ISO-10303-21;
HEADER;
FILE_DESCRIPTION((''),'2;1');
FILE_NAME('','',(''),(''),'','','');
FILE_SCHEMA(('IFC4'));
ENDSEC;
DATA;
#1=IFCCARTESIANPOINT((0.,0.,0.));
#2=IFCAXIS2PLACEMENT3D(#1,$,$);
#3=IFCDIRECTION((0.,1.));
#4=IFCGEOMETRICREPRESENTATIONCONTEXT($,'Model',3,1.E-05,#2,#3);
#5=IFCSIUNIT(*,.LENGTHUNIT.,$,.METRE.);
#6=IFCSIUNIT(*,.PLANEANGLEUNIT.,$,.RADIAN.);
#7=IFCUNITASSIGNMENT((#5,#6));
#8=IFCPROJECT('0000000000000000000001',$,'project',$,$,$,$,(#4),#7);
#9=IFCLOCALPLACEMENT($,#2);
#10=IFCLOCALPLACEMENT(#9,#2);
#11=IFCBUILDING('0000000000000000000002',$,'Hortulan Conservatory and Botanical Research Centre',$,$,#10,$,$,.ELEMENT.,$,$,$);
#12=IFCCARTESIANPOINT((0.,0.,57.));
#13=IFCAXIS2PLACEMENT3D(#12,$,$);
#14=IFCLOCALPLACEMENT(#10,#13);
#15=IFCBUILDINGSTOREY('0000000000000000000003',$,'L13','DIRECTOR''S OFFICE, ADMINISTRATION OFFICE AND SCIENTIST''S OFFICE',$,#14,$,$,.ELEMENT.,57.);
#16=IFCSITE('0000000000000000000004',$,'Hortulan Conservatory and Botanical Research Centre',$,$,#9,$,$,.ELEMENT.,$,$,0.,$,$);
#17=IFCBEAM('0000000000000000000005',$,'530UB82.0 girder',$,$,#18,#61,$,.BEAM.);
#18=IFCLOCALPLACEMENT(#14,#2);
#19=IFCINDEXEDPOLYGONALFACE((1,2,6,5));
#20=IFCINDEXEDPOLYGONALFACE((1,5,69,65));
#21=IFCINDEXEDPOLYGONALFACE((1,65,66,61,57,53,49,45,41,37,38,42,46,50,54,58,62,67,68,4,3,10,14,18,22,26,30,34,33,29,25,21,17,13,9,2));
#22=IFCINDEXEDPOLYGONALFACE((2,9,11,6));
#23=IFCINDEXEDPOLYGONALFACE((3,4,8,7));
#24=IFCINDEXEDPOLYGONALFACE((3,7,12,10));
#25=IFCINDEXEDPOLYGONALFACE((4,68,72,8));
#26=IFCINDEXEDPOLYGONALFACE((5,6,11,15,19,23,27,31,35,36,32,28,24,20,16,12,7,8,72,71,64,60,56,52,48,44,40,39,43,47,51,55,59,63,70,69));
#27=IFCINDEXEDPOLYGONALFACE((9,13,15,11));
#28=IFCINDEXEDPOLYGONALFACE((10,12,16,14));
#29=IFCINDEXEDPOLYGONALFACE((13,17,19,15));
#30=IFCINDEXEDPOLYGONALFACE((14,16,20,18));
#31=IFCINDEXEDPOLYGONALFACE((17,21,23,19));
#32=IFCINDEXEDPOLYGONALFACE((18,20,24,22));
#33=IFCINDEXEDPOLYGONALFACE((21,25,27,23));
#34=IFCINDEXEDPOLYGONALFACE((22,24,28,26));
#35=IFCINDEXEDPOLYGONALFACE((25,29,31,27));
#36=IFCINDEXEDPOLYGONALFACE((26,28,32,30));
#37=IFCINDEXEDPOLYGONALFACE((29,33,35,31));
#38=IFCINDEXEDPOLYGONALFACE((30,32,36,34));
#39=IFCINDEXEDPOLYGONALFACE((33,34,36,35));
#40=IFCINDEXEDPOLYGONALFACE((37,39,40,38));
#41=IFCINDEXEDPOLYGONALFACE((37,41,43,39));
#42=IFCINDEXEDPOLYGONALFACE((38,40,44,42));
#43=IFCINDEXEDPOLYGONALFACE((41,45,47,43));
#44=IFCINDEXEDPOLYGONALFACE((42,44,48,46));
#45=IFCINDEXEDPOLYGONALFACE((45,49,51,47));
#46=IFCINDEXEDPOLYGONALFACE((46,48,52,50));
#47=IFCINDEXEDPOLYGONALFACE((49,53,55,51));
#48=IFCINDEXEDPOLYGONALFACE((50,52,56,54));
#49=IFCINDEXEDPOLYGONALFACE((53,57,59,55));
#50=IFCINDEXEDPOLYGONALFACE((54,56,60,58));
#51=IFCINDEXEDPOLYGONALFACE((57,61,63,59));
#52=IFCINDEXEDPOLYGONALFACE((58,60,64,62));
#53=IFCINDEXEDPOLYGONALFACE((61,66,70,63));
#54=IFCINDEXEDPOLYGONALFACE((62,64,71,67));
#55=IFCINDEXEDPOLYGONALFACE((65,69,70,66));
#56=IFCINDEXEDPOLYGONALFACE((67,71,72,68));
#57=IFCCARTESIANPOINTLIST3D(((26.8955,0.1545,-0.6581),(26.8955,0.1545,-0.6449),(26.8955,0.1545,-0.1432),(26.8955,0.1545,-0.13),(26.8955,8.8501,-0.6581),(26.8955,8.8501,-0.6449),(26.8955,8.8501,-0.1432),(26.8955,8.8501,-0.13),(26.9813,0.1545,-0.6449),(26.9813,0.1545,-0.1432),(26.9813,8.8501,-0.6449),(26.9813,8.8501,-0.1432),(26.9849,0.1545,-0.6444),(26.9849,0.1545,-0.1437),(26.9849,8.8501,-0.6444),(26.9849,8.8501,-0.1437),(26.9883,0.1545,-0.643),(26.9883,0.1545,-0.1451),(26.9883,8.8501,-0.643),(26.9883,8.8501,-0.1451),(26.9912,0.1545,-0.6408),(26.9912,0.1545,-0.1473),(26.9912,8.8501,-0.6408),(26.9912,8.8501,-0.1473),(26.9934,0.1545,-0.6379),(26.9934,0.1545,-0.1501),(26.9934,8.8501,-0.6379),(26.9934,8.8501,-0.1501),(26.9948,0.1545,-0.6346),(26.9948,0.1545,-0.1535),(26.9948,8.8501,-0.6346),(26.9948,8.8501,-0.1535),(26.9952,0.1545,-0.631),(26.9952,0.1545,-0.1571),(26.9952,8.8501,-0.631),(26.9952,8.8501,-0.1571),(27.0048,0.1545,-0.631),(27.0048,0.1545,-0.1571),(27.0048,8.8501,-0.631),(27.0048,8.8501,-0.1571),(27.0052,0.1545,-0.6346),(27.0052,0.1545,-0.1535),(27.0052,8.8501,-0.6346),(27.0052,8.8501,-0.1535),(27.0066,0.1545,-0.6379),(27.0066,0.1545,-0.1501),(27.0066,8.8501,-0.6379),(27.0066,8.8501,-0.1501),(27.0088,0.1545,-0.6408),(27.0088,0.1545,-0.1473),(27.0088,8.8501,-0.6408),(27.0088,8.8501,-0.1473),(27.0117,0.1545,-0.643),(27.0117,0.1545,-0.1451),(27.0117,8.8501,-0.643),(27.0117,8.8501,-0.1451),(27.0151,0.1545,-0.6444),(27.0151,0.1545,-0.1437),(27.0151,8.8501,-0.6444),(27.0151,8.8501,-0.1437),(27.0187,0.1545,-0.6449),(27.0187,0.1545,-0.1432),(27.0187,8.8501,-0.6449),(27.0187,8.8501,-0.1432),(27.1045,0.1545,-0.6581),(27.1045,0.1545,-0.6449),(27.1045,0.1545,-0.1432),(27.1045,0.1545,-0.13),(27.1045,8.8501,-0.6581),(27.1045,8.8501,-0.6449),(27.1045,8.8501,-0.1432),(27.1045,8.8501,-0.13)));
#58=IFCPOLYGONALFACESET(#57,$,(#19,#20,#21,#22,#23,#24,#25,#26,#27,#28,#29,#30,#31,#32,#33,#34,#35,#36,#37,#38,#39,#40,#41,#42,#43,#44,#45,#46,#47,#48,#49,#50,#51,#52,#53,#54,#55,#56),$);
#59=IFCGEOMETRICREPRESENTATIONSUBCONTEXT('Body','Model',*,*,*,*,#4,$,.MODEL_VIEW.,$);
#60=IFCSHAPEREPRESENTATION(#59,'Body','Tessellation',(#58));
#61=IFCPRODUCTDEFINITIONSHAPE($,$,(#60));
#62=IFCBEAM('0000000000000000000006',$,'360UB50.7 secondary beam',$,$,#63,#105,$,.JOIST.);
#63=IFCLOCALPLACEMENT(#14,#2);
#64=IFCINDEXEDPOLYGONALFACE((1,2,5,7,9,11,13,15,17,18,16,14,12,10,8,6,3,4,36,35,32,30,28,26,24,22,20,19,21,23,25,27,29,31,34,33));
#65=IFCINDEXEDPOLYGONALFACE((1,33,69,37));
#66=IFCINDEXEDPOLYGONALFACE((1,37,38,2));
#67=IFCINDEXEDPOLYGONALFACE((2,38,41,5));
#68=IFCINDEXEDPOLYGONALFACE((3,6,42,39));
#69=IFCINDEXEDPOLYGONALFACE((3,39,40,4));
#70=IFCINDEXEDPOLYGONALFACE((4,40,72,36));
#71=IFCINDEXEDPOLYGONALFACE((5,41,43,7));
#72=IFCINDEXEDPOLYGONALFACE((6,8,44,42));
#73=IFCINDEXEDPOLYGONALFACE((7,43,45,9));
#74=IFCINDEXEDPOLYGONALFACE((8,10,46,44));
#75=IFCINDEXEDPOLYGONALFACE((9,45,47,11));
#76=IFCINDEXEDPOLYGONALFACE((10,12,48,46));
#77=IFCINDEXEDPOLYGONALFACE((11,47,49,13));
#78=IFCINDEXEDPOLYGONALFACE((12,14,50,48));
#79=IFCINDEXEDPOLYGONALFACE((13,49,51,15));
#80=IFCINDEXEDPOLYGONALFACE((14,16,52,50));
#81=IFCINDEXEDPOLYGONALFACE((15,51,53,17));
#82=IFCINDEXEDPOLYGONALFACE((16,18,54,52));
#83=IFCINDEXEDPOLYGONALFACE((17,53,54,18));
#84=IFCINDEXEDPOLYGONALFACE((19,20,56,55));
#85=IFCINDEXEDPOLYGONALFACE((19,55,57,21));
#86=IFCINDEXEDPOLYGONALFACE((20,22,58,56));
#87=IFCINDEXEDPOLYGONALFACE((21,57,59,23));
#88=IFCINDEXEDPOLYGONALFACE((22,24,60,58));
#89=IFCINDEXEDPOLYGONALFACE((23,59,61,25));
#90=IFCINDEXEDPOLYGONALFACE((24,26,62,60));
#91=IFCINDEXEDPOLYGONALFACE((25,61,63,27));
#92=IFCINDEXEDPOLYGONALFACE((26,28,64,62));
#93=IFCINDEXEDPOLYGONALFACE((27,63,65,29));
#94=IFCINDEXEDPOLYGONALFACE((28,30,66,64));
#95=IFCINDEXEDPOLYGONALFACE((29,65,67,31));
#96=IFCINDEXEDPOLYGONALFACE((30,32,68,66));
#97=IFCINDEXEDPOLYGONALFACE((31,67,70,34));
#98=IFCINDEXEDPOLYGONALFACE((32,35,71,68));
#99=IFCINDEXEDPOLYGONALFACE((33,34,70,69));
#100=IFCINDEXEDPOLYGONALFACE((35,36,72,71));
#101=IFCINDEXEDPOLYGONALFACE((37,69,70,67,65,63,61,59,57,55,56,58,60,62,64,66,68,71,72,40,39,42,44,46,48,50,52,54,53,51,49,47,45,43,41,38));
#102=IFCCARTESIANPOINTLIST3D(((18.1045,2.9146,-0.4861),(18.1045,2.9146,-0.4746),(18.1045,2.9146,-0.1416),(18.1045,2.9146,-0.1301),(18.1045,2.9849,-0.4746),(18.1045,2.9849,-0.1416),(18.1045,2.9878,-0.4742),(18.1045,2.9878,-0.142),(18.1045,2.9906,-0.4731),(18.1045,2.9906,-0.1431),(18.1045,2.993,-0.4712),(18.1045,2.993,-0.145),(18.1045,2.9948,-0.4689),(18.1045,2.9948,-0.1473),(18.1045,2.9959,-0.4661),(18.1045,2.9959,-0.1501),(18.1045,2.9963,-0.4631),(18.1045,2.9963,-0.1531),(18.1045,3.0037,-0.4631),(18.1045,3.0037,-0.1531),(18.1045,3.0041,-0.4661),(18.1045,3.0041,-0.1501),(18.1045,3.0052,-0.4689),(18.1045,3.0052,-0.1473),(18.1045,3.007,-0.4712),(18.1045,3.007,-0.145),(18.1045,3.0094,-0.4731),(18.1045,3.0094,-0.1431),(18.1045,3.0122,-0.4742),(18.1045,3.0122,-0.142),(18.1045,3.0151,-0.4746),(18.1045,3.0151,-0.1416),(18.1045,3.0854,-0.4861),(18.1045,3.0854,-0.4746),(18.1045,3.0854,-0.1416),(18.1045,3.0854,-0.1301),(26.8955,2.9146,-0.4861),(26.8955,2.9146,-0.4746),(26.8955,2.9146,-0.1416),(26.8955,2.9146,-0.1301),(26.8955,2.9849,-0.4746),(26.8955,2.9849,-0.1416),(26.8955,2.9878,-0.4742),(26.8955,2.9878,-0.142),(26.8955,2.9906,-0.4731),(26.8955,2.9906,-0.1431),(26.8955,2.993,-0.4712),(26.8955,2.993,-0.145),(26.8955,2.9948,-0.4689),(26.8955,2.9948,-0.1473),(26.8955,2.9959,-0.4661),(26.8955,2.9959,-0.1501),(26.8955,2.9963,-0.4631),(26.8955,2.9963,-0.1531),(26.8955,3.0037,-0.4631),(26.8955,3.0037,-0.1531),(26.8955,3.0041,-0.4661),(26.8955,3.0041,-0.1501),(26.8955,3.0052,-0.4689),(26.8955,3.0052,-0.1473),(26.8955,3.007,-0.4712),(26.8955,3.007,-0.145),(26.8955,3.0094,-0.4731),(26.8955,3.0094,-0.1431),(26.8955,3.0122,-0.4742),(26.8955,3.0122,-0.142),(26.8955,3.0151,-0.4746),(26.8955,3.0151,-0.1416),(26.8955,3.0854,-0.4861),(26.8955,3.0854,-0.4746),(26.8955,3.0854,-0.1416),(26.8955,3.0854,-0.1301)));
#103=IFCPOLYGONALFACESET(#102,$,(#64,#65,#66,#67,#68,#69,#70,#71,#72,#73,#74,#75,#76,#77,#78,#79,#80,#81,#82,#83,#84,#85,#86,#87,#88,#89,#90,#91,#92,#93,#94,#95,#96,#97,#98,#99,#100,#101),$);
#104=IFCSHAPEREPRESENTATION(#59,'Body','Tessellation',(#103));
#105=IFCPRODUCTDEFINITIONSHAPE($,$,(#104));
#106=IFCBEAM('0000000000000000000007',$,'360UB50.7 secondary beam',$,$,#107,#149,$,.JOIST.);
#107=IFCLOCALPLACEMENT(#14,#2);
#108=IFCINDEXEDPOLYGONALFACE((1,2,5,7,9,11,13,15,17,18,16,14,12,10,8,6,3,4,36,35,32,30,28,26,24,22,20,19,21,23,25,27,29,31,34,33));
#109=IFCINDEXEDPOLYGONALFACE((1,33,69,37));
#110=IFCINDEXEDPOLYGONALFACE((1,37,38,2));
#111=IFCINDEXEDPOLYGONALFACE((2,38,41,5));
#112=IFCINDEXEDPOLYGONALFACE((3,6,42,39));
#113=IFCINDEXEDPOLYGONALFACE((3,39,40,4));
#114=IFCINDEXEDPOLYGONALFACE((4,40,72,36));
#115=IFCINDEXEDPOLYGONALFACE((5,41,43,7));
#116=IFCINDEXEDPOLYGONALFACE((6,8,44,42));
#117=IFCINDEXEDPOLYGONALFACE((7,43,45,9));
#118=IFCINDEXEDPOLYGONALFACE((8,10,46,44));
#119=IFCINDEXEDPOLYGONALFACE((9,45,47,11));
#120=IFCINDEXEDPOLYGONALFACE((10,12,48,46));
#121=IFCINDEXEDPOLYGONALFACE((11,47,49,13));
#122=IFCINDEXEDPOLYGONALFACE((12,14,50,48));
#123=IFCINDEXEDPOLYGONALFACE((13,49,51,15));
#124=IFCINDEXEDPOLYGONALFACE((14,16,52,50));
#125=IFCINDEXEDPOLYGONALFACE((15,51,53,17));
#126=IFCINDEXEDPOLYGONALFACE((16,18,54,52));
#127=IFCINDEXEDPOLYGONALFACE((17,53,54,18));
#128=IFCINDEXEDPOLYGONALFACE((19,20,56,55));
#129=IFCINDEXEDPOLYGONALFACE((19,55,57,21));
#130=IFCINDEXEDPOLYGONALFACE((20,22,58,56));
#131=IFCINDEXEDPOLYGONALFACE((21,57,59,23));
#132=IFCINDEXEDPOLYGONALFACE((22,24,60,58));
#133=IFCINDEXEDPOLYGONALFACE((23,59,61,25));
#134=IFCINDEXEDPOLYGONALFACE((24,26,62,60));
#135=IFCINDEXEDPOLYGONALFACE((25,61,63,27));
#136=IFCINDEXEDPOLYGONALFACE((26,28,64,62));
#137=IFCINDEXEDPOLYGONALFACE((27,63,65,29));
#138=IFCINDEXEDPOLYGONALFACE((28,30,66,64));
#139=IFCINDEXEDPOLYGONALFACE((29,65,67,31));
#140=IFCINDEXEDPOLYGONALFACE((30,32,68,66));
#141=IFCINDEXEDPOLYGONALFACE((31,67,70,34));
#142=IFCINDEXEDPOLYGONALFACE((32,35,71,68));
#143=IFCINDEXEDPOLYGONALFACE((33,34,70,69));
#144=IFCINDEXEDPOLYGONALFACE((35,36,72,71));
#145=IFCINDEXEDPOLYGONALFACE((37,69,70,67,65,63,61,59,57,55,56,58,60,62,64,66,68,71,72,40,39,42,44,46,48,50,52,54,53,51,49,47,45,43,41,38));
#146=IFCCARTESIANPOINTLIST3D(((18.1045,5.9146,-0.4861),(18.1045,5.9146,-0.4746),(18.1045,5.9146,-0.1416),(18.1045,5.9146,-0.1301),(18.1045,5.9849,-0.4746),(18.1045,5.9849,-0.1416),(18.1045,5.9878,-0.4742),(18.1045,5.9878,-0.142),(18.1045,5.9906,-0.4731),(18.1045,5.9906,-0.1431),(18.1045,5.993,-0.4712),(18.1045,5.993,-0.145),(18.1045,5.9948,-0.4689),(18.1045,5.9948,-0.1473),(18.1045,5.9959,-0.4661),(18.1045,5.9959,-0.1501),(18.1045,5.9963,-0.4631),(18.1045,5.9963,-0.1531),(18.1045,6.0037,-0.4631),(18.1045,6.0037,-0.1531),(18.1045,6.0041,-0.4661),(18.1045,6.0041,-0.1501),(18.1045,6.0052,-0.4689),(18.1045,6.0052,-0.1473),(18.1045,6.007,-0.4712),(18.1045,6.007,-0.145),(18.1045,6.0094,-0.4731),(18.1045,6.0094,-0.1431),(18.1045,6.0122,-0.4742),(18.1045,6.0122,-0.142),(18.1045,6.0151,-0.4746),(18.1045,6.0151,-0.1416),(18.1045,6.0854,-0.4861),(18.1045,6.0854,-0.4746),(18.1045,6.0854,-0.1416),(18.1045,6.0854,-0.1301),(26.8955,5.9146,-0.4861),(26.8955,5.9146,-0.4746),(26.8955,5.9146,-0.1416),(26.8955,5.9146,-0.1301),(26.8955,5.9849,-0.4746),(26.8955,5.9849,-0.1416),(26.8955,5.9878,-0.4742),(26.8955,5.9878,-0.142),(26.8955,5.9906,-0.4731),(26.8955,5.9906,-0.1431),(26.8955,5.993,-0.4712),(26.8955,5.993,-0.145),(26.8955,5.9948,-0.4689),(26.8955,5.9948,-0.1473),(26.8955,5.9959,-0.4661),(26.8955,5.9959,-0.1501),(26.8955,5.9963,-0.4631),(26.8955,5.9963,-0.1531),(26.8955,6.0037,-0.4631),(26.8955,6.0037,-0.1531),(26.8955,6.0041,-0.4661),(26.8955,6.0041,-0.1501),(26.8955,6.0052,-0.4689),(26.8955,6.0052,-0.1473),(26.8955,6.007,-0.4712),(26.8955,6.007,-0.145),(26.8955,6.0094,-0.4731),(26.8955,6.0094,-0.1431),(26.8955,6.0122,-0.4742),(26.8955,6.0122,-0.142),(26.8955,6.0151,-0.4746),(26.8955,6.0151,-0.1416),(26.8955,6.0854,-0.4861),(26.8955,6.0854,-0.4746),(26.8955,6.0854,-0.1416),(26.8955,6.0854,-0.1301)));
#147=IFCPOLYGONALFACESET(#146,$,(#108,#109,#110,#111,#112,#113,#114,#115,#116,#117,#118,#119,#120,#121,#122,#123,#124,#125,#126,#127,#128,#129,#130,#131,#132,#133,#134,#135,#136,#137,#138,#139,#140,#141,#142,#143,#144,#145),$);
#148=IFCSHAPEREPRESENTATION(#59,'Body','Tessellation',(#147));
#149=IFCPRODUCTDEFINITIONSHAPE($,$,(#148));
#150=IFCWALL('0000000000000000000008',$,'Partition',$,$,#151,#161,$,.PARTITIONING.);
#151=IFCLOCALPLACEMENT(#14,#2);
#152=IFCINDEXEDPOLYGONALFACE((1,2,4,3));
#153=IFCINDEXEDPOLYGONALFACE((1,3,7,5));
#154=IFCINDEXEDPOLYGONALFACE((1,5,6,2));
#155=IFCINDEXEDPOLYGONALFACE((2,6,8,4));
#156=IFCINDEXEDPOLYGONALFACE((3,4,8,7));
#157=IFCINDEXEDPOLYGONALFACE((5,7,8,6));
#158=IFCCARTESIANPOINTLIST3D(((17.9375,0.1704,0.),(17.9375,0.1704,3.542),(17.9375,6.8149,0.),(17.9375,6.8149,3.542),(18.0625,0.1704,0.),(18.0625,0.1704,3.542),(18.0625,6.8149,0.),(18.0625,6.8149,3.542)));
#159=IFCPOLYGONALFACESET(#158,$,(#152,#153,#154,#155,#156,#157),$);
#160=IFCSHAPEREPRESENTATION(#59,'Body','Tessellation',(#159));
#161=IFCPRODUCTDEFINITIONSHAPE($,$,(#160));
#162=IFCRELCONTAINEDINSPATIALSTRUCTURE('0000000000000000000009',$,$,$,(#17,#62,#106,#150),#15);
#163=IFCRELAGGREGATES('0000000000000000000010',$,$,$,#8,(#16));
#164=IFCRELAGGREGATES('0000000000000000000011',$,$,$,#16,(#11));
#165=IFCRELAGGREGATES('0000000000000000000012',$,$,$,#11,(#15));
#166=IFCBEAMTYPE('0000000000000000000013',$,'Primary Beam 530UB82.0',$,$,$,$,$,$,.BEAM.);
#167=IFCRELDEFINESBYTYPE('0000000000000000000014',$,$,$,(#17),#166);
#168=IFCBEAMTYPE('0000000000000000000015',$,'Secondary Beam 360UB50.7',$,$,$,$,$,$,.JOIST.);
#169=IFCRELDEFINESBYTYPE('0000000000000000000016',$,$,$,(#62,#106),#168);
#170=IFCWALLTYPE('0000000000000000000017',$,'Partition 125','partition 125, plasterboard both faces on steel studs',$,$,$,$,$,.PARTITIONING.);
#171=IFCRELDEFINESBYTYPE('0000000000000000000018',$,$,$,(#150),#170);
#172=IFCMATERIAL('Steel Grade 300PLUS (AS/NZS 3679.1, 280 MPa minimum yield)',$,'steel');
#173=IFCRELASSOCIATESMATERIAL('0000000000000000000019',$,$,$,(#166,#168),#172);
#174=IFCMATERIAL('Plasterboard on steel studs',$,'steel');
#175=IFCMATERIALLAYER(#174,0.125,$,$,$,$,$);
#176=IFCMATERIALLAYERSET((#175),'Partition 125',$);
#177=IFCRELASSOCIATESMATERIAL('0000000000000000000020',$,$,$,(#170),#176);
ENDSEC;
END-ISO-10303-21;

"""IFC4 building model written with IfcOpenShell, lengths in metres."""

from ifc_helpers import new_model, si_unit, direction, frame, frame_2d, origin, origin_2d, place, context, subcontext, project, spatial, rectangle, i_section, extrude, material, layer, layer_set, material_profile, profile_set, type_object, element, save


model = new_model("IFC4")

# Units and contexts
model_context = context("Model", 3, precision=1e-05, world=origin(), true_north=direction((0.0, 1.0)))
body_context = subcontext(model_context, "Body", "Model", "MODEL_VIEW")
ifc_project = project(units=[si_unit("LENGTHUNIT", "METRE"), si_unit("PLANEANGLEUNIT", "RADIAN")], contexts=[model_context])

# Site, building, storey
site_placement = place(None, origin())
site = spatial("IfcSite", under=ifc_project, at=site_placement, Name="Hortulan Conservatory and Botanical Research Centre", CompositionType="ELEMENT", RefElevation=0.0)
building_placement = place(site_placement, origin())
building = spatial("IfcBuilding", under=site, at=building_placement, Name="Hortulan Conservatory and Botanical Research Centre", CompositionType="ELEMENT")
storey_placement = place(building_placement, frame((0.0, 0.0, 57.0)))
storey = spatial("IfcBuildingStorey", under=building, at=storey_placement, Name="L13", Description="DIRECTOR'S OFFICE, ADMINISTRATION OFFICE AND SCIENTIST'S OFFICE", CompositionType="ELEMENT", Elevation=57.0)

# Shared definitions
ifc_material_1 = material(Name="Steel Grade 300PLUS (AS/NZS 3679.1, 280 MPa minimum yield)", Category="steel")

# Beams
ifc_material_profile_1 = material_profile(ifc_material_1, i_section(OverallWidth=0.209, OverallDepth=0.5281, WebThickness=0.0095, FlangeThickness=0.0132, FilletRadius=0.0139, at=origin_2d()), Name="530UB82.0")
ifc_profile_set_1 = profile_set([ifc_material_profile_1], Name="Steel Grade 300PLUS (AS/NZS 3679.1, 280 MPa minimum yield)")
beam_type_1 = type_object("IfcBeamType", Name="Primary Beam 530UB82.0", PredefinedType="BEAM", material=ifc_profile_set_1)
beam_1_placement = place(storey_placement, frame((27.0, 0.1545, -0.394), z_axis=(0.0, 1.0, 0.0), x_axis=(-1.0, 0.0, 0.0)))
element("IfcBeam", 1, at=beam_1_placement, inside=storey, type_object=beam_type_1, Name="530UB82.0 girder", PredefinedType="BEAM", context=body_context, shape_type="SweptSolid", body=[
    extrude(i_section(OverallWidth=0.209, OverallDepth=0.5281, WebThickness=0.0095, FlangeThickness=0.0132, FilletRadius=0.0139, at=origin_2d()), origin(), (0.0, 0.0, 1.0), 8.6956),
])
ifc_material_profile_2 = material_profile(ifc_material_1, i_section(OverallWidth=0.1709, OverallDepth=0.356, WebThickness=0.0073, FlangeThickness=0.0115, FilletRadius=0.0115, at=origin_2d()), Name="360UB50.7")
ifc_profile_set_2 = profile_set([ifc_material_profile_2], Name="Steel Grade 300PLUS (AS/NZS 3679.1, 280 MPa minimum yield)")
beam_type_2 = type_object("IfcBeamType", Name="Secondary Beam 360UB50.7", PredefinedType="JOIST", material=ifc_profile_set_2)
for number, where, z_axis, x_axis, name in (
    (2, (18.1045, 3.0, -0.3081), (1.0, 0.0, 0.0), (0.0, 1.0, 0.0), "360UB50.7 secondary beam"),
    (3, (18.1045, 6.0, -0.3081), (1.0, 0.0, 0.0), (0.0, 1.0, 0.0), "360UB50.7 secondary beam"),
):
    element("IfcBeam", number, at=place(storey_placement, frame(where, z_axis=z_axis, x_axis=x_axis)), inside=storey, type_object=beam_type_2, Name=name, PredefinedType="JOIST", context=body_context, shape_type="SweptSolid", body=[
        extrude(i_section(OverallWidth=0.1709, OverallDepth=0.356, WebThickness=0.0073, FlangeThickness=0.0115, FilletRadius=0.0115, at=origin_2d()), origin(), (0.0, 0.0, 1.0), 8.791),
    ])

# Wall
ifc_material_2 = material(Name="Plasterboard on steel studs", Category="steel")
ifc_layer_1 = layer(ifc_material_2, 0.125)
ifc_layer_set_1 = layer_set([ifc_layer_1], Name="Partition 125")
wall_type = type_object("IfcWallType", Name="Partition 125", Description="partition 125, plasterboard both faces on steel studs", PredefinedType="PARTITIONING", material=ifc_layer_set_1)
wall_placement = place(storey_placement, frame((18.0, 0.1704, 0.0), z_axis=(0.0, 0.0, 1.0), x_axis=(0.0, 1.0, 0.0)))
element("IfcWall", 4, at=wall_placement, inside=storey, type_object=wall_type, Name="Partition", PredefinedType="PARTITIONING", context=body_context, shape_type="SweptSolid", body=[
    extrude(rectangle(XDim=6.6445, YDim=0.125, at=frame_2d((3.3223, 0.0))), origin(), (0.0, 0.0, 1.0), 3.542),
])

save(model, "model.ifc")
